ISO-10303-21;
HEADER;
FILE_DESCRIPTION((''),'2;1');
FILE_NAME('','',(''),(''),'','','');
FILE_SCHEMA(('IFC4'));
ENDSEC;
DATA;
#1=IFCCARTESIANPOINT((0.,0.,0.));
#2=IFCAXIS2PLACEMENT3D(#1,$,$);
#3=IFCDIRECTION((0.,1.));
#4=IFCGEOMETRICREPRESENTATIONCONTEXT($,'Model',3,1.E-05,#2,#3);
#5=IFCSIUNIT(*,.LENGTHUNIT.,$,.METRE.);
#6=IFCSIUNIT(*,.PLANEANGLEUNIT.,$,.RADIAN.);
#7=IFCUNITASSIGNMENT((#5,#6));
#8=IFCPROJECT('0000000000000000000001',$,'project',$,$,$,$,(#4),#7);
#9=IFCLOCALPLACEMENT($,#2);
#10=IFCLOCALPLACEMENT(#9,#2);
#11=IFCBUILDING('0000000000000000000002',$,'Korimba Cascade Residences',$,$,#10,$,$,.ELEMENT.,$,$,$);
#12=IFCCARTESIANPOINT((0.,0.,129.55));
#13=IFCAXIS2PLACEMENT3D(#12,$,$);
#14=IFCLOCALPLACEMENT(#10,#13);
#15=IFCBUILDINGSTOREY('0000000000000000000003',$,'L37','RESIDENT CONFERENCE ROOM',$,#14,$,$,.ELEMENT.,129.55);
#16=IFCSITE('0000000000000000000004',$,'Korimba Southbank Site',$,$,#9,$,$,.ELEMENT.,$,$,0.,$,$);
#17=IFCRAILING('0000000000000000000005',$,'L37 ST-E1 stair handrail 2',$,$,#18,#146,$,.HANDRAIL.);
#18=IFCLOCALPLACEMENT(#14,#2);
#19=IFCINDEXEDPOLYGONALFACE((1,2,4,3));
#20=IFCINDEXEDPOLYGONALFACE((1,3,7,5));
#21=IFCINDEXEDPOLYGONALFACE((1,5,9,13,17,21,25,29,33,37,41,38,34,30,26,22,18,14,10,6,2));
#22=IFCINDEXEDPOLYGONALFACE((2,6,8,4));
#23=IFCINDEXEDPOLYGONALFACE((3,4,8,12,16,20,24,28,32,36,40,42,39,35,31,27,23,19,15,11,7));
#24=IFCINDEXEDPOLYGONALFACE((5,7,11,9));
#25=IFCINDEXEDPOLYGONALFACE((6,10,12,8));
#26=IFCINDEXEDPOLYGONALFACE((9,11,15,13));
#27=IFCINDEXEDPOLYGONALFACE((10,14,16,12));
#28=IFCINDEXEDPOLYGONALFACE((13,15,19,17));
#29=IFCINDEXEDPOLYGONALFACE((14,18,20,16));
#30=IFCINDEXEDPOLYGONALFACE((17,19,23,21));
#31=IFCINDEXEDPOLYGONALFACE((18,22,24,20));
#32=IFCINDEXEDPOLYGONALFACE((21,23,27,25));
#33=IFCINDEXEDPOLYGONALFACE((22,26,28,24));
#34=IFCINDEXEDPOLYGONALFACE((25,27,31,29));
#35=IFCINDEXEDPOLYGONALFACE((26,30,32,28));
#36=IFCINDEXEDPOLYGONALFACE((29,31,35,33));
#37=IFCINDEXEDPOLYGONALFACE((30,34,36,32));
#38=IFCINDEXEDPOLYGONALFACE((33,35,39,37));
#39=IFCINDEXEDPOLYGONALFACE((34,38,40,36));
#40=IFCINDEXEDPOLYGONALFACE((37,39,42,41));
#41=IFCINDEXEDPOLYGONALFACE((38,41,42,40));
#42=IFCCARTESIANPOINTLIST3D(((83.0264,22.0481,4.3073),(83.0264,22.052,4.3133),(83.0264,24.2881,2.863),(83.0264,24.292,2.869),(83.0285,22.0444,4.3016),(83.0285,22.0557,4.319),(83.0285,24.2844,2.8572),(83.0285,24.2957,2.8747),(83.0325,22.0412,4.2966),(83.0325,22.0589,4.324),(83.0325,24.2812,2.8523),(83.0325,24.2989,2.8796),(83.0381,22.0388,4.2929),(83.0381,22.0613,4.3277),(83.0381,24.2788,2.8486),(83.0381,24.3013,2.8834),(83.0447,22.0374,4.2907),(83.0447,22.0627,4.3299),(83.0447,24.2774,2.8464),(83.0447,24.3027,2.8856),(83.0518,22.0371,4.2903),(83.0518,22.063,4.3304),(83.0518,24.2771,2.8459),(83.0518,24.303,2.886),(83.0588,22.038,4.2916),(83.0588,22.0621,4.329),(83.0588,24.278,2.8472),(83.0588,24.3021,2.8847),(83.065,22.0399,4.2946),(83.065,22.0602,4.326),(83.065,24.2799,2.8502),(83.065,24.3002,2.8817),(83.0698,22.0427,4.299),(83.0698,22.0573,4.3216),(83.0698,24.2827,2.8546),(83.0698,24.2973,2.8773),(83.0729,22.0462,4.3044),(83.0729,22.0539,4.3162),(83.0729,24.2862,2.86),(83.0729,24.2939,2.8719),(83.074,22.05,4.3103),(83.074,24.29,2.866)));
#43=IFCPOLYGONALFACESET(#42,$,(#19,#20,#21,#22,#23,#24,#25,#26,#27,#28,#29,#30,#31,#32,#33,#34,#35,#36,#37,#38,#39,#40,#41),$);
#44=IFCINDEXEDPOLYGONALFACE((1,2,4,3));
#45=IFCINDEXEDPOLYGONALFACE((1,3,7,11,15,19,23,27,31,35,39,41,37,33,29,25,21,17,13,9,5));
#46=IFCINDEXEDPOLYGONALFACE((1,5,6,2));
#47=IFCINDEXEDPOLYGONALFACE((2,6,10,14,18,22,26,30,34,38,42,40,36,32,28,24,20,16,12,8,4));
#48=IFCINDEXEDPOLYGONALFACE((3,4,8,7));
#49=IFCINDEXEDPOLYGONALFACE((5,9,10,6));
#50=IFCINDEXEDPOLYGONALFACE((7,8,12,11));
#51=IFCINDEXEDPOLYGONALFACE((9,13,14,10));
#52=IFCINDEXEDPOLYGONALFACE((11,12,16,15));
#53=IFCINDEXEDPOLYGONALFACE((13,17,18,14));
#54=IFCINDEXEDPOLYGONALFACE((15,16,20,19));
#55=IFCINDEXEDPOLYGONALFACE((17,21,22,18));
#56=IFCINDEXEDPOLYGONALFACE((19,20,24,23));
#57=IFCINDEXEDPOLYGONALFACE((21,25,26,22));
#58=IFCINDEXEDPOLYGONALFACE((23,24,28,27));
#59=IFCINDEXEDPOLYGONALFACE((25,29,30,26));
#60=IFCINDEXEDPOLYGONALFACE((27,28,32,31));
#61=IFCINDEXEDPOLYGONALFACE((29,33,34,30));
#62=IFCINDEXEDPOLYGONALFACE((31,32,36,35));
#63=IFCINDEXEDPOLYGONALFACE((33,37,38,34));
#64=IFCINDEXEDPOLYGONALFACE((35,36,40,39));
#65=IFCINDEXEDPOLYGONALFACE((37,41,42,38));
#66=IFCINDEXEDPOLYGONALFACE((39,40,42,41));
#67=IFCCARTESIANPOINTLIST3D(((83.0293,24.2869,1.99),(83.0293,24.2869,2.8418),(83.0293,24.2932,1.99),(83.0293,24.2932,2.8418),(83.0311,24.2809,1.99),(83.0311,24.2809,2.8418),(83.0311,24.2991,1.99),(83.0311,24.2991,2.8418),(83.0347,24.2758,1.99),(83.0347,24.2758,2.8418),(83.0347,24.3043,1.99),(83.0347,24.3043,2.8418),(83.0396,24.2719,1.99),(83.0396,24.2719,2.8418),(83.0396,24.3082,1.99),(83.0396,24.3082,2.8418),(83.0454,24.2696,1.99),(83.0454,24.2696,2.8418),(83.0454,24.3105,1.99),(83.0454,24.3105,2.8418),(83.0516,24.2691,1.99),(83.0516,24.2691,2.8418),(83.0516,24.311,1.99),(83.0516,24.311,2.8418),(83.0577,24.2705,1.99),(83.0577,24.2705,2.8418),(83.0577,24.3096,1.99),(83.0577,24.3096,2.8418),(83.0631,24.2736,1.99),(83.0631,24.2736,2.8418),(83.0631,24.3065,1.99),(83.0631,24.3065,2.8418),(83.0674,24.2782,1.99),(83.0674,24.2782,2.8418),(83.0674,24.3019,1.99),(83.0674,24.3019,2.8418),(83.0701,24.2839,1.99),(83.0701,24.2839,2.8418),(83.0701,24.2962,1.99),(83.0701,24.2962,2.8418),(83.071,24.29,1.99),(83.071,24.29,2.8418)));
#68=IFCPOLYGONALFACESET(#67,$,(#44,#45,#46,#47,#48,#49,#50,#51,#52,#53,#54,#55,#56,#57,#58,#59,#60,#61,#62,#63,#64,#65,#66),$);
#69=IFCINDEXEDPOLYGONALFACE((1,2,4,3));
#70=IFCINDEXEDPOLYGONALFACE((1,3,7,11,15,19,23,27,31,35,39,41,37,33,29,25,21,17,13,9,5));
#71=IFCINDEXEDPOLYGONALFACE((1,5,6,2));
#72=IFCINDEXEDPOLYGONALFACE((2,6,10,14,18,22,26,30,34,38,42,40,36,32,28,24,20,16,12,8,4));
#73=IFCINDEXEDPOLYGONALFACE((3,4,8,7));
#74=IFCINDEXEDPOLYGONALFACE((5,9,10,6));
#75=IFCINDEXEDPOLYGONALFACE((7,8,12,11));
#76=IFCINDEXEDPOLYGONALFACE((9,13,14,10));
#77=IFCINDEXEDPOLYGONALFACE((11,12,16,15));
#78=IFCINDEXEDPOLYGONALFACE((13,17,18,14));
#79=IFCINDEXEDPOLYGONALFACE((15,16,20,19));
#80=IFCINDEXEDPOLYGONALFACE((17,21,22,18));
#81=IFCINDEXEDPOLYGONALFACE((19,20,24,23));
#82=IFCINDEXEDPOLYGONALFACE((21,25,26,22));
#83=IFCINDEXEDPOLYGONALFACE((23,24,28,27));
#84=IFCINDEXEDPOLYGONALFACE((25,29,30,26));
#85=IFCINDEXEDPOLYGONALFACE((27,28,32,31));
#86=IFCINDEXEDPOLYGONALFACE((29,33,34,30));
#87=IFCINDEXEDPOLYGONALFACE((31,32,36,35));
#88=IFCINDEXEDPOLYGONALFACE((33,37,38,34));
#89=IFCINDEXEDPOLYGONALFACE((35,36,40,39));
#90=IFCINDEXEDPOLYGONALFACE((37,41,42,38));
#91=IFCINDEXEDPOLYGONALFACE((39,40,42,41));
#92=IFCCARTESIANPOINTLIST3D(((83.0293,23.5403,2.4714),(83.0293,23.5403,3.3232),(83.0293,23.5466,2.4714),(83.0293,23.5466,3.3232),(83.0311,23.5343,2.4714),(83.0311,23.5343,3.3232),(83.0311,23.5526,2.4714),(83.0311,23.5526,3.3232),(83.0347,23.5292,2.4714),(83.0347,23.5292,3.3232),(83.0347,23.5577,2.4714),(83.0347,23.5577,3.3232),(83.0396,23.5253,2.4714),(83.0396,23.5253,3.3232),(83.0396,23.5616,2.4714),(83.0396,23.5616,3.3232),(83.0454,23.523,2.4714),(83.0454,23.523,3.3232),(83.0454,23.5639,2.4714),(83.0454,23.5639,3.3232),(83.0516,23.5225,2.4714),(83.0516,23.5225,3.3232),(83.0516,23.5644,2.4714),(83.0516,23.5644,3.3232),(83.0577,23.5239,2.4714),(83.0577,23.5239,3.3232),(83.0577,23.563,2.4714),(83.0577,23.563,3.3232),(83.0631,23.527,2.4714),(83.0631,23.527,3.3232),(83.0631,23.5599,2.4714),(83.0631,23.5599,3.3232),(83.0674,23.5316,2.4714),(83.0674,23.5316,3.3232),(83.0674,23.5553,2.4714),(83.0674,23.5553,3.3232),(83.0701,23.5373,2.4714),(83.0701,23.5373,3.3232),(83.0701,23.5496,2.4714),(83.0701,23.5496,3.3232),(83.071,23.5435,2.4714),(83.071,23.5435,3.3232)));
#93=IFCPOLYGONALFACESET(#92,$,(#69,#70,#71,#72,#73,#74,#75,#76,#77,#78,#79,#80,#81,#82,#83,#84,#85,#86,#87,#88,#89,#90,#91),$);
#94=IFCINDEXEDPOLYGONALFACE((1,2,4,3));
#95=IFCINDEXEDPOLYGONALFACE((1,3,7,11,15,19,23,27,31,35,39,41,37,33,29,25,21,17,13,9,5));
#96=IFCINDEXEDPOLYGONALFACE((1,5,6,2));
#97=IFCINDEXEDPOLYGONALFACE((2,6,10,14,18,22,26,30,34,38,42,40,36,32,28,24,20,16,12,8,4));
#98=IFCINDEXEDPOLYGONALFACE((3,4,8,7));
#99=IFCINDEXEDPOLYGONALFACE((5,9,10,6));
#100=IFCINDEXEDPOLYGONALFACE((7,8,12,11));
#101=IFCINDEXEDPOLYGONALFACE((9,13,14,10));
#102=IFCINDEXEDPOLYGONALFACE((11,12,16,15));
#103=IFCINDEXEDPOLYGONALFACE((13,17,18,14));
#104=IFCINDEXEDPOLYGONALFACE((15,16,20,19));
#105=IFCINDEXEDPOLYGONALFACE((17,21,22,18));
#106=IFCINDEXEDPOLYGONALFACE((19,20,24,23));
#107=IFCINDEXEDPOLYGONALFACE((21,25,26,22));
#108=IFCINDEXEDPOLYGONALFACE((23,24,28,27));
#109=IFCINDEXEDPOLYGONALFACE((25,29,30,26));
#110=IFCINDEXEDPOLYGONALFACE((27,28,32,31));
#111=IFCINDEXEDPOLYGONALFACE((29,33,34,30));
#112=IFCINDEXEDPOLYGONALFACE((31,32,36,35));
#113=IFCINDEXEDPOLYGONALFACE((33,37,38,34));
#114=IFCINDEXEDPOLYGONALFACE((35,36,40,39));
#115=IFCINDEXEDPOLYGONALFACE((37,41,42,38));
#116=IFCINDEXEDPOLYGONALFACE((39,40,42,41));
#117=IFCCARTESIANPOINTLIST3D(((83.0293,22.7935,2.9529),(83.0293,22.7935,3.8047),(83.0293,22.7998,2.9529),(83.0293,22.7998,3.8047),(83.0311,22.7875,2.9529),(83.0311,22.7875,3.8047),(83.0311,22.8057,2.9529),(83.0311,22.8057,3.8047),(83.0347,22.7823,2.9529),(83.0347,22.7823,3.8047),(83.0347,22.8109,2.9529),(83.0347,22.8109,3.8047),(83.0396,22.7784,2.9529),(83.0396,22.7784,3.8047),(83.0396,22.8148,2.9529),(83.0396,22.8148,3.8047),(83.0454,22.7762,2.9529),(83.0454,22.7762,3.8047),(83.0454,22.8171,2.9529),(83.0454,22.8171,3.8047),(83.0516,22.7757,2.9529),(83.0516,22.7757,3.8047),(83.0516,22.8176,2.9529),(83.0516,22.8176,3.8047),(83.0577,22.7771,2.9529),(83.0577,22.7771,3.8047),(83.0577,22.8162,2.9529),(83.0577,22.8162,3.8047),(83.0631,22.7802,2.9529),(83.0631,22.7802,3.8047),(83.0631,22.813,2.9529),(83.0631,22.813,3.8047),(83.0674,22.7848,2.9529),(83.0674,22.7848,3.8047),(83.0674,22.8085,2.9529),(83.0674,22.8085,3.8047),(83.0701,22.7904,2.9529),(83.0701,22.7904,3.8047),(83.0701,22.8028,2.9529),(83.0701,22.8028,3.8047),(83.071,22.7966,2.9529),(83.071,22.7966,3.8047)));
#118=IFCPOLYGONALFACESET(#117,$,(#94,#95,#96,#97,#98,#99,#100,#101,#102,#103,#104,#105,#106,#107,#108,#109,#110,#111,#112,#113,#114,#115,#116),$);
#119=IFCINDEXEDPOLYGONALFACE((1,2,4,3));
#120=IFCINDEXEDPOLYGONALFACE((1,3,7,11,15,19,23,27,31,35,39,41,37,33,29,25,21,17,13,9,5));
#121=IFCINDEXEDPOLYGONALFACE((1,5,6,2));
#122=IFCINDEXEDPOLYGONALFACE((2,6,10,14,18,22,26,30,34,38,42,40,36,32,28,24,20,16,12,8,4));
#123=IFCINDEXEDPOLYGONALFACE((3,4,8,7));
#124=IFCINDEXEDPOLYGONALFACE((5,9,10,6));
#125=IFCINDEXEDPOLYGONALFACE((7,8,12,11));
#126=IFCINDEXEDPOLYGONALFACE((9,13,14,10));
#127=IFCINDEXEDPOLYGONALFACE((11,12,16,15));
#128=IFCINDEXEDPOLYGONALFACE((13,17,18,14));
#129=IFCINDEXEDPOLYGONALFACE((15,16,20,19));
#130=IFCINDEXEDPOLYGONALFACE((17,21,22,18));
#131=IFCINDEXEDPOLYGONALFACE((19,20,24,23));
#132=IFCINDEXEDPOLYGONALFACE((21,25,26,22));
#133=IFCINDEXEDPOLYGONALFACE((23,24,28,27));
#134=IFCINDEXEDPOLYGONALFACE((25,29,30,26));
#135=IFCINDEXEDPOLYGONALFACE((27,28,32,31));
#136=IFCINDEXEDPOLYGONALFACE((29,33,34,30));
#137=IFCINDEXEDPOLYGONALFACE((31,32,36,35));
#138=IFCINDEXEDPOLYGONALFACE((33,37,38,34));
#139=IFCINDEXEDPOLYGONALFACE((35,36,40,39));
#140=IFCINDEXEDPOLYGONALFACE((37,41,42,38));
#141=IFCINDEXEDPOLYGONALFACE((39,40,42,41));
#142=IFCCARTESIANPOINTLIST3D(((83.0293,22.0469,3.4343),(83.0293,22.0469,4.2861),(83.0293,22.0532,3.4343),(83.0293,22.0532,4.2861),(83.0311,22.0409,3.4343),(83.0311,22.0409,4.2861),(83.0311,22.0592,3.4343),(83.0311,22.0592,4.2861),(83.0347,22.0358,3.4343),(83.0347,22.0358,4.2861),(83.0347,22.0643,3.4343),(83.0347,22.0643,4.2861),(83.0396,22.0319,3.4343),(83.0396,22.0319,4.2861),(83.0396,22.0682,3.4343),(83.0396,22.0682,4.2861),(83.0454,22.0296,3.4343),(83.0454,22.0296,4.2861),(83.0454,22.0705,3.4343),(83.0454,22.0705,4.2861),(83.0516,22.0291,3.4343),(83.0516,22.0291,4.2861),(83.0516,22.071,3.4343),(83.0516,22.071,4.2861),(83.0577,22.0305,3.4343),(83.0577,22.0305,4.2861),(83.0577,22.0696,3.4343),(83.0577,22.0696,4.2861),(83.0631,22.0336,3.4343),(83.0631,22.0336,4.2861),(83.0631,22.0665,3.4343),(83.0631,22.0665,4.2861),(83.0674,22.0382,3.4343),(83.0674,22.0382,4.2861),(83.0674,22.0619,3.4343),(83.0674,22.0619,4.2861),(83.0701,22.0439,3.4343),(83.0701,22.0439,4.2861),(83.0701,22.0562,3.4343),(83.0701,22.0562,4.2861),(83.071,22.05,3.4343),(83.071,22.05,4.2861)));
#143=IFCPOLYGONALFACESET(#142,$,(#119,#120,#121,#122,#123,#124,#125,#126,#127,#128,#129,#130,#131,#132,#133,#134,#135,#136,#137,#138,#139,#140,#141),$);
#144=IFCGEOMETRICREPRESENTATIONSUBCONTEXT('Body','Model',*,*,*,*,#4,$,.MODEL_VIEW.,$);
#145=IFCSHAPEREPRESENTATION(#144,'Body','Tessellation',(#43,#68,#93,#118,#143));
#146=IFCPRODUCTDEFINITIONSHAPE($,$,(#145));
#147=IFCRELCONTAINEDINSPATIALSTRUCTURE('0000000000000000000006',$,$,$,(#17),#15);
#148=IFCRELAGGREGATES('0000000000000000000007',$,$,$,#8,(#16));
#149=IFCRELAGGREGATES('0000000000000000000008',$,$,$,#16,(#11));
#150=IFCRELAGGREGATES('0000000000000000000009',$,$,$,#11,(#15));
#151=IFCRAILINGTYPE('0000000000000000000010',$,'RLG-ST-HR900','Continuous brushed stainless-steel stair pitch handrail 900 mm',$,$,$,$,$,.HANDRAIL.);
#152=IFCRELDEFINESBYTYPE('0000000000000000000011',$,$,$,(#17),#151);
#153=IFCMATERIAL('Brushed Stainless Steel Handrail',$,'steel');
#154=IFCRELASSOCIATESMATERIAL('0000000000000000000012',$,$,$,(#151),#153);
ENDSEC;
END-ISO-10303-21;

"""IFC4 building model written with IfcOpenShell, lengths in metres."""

from ifc_helpers import new_model, si_unit, direction, frame, origin, origin_2d, place, context, subcontext, project, spatial, circle, extrude, material, type_object, element, save


model = new_model("IFC4")

# Units and contexts
model_context = context("Model", 3, precision=1e-05, world=origin(), true_north=direction((0.0, 1.0)))
body_context = subcontext(model_context, "Body", "Model", "MODEL_VIEW")
ifc_project = project(units=[si_unit("LENGTHUNIT", "METRE"), si_unit("PLANEANGLEUNIT", "RADIAN")], contexts=[model_context])

# Site, building, storey
site_placement = place(None, origin())
site = spatial("IfcSite", under=ifc_project, at=site_placement, Name="Korimba Southbank Site", CompositionType="ELEMENT", RefElevation=0.0)
building_placement = place(site_placement, origin())
building = spatial("IfcBuilding", under=site, at=building_placement, Name="Korimba Cascade Residences", CompositionType="ELEMENT")
storey_placement = place(building_placement, frame((0.0, 0.0, 129.55)))
storey = spatial("IfcBuildingStorey", under=building, at=storey_placement, Name="L37", Description="RESIDENT CONFERENCE ROOM", CompositionType="ELEMENT", Elevation=129.55)

# Railing
ifc_material_1 = material(Name="Brushed Stainless Steel Handrail", Category="steel")
railing_type_1 = type_object("IfcRailingType", Name="RLG-ST-HR900", Description="Continuous brushed stainless-steel stair pitch handrail 900 mm", PredefinedType="HANDRAIL", material=ifc_material_1)
railing_1_placement = place(storey_placement, frame((83.05, 24.29, 1.99)))
element("IfcRailing", 1, at=railing_1_placement, inside=storey, type_object=railing_type_1, Name="L37 ST-E1 stair handrail 2", PredefinedType="HANDRAIL", context=body_context, shape_type="SweptSolid", body=[
    extrude(circle(Radius=0.0239, at=origin_2d()), frame((0.0, 0.0, 0.876), z_axis=(0.0, -0.840437, 0.54191), x_axis=(1.0, 0.0, 0.0)), (0.0, 0.0, 1.0), 2.6653),
    extrude(circle(Radius=0.021, at=origin_2d()), origin(), (0.0, 0.0, 1.0), 0.8518),
    extrude(circle(Radius=0.021, at=origin_2d()), frame((0.0, -0.7466, 0.4814)), (0.0, 0.0, 1.0), 0.8518),
    extrude(circle(Radius=0.021, at=origin_2d()), frame((0.0, -1.4934, 0.9629)), (0.0, 0.0, 1.0), 0.8518),
    extrude(circle(Radius=0.021, at=origin_2d()), frame((0.0, -2.24, 1.4443)), (0.0, 0.0, 1.0), 0.8518),
])

save(model, "model.ifc")
